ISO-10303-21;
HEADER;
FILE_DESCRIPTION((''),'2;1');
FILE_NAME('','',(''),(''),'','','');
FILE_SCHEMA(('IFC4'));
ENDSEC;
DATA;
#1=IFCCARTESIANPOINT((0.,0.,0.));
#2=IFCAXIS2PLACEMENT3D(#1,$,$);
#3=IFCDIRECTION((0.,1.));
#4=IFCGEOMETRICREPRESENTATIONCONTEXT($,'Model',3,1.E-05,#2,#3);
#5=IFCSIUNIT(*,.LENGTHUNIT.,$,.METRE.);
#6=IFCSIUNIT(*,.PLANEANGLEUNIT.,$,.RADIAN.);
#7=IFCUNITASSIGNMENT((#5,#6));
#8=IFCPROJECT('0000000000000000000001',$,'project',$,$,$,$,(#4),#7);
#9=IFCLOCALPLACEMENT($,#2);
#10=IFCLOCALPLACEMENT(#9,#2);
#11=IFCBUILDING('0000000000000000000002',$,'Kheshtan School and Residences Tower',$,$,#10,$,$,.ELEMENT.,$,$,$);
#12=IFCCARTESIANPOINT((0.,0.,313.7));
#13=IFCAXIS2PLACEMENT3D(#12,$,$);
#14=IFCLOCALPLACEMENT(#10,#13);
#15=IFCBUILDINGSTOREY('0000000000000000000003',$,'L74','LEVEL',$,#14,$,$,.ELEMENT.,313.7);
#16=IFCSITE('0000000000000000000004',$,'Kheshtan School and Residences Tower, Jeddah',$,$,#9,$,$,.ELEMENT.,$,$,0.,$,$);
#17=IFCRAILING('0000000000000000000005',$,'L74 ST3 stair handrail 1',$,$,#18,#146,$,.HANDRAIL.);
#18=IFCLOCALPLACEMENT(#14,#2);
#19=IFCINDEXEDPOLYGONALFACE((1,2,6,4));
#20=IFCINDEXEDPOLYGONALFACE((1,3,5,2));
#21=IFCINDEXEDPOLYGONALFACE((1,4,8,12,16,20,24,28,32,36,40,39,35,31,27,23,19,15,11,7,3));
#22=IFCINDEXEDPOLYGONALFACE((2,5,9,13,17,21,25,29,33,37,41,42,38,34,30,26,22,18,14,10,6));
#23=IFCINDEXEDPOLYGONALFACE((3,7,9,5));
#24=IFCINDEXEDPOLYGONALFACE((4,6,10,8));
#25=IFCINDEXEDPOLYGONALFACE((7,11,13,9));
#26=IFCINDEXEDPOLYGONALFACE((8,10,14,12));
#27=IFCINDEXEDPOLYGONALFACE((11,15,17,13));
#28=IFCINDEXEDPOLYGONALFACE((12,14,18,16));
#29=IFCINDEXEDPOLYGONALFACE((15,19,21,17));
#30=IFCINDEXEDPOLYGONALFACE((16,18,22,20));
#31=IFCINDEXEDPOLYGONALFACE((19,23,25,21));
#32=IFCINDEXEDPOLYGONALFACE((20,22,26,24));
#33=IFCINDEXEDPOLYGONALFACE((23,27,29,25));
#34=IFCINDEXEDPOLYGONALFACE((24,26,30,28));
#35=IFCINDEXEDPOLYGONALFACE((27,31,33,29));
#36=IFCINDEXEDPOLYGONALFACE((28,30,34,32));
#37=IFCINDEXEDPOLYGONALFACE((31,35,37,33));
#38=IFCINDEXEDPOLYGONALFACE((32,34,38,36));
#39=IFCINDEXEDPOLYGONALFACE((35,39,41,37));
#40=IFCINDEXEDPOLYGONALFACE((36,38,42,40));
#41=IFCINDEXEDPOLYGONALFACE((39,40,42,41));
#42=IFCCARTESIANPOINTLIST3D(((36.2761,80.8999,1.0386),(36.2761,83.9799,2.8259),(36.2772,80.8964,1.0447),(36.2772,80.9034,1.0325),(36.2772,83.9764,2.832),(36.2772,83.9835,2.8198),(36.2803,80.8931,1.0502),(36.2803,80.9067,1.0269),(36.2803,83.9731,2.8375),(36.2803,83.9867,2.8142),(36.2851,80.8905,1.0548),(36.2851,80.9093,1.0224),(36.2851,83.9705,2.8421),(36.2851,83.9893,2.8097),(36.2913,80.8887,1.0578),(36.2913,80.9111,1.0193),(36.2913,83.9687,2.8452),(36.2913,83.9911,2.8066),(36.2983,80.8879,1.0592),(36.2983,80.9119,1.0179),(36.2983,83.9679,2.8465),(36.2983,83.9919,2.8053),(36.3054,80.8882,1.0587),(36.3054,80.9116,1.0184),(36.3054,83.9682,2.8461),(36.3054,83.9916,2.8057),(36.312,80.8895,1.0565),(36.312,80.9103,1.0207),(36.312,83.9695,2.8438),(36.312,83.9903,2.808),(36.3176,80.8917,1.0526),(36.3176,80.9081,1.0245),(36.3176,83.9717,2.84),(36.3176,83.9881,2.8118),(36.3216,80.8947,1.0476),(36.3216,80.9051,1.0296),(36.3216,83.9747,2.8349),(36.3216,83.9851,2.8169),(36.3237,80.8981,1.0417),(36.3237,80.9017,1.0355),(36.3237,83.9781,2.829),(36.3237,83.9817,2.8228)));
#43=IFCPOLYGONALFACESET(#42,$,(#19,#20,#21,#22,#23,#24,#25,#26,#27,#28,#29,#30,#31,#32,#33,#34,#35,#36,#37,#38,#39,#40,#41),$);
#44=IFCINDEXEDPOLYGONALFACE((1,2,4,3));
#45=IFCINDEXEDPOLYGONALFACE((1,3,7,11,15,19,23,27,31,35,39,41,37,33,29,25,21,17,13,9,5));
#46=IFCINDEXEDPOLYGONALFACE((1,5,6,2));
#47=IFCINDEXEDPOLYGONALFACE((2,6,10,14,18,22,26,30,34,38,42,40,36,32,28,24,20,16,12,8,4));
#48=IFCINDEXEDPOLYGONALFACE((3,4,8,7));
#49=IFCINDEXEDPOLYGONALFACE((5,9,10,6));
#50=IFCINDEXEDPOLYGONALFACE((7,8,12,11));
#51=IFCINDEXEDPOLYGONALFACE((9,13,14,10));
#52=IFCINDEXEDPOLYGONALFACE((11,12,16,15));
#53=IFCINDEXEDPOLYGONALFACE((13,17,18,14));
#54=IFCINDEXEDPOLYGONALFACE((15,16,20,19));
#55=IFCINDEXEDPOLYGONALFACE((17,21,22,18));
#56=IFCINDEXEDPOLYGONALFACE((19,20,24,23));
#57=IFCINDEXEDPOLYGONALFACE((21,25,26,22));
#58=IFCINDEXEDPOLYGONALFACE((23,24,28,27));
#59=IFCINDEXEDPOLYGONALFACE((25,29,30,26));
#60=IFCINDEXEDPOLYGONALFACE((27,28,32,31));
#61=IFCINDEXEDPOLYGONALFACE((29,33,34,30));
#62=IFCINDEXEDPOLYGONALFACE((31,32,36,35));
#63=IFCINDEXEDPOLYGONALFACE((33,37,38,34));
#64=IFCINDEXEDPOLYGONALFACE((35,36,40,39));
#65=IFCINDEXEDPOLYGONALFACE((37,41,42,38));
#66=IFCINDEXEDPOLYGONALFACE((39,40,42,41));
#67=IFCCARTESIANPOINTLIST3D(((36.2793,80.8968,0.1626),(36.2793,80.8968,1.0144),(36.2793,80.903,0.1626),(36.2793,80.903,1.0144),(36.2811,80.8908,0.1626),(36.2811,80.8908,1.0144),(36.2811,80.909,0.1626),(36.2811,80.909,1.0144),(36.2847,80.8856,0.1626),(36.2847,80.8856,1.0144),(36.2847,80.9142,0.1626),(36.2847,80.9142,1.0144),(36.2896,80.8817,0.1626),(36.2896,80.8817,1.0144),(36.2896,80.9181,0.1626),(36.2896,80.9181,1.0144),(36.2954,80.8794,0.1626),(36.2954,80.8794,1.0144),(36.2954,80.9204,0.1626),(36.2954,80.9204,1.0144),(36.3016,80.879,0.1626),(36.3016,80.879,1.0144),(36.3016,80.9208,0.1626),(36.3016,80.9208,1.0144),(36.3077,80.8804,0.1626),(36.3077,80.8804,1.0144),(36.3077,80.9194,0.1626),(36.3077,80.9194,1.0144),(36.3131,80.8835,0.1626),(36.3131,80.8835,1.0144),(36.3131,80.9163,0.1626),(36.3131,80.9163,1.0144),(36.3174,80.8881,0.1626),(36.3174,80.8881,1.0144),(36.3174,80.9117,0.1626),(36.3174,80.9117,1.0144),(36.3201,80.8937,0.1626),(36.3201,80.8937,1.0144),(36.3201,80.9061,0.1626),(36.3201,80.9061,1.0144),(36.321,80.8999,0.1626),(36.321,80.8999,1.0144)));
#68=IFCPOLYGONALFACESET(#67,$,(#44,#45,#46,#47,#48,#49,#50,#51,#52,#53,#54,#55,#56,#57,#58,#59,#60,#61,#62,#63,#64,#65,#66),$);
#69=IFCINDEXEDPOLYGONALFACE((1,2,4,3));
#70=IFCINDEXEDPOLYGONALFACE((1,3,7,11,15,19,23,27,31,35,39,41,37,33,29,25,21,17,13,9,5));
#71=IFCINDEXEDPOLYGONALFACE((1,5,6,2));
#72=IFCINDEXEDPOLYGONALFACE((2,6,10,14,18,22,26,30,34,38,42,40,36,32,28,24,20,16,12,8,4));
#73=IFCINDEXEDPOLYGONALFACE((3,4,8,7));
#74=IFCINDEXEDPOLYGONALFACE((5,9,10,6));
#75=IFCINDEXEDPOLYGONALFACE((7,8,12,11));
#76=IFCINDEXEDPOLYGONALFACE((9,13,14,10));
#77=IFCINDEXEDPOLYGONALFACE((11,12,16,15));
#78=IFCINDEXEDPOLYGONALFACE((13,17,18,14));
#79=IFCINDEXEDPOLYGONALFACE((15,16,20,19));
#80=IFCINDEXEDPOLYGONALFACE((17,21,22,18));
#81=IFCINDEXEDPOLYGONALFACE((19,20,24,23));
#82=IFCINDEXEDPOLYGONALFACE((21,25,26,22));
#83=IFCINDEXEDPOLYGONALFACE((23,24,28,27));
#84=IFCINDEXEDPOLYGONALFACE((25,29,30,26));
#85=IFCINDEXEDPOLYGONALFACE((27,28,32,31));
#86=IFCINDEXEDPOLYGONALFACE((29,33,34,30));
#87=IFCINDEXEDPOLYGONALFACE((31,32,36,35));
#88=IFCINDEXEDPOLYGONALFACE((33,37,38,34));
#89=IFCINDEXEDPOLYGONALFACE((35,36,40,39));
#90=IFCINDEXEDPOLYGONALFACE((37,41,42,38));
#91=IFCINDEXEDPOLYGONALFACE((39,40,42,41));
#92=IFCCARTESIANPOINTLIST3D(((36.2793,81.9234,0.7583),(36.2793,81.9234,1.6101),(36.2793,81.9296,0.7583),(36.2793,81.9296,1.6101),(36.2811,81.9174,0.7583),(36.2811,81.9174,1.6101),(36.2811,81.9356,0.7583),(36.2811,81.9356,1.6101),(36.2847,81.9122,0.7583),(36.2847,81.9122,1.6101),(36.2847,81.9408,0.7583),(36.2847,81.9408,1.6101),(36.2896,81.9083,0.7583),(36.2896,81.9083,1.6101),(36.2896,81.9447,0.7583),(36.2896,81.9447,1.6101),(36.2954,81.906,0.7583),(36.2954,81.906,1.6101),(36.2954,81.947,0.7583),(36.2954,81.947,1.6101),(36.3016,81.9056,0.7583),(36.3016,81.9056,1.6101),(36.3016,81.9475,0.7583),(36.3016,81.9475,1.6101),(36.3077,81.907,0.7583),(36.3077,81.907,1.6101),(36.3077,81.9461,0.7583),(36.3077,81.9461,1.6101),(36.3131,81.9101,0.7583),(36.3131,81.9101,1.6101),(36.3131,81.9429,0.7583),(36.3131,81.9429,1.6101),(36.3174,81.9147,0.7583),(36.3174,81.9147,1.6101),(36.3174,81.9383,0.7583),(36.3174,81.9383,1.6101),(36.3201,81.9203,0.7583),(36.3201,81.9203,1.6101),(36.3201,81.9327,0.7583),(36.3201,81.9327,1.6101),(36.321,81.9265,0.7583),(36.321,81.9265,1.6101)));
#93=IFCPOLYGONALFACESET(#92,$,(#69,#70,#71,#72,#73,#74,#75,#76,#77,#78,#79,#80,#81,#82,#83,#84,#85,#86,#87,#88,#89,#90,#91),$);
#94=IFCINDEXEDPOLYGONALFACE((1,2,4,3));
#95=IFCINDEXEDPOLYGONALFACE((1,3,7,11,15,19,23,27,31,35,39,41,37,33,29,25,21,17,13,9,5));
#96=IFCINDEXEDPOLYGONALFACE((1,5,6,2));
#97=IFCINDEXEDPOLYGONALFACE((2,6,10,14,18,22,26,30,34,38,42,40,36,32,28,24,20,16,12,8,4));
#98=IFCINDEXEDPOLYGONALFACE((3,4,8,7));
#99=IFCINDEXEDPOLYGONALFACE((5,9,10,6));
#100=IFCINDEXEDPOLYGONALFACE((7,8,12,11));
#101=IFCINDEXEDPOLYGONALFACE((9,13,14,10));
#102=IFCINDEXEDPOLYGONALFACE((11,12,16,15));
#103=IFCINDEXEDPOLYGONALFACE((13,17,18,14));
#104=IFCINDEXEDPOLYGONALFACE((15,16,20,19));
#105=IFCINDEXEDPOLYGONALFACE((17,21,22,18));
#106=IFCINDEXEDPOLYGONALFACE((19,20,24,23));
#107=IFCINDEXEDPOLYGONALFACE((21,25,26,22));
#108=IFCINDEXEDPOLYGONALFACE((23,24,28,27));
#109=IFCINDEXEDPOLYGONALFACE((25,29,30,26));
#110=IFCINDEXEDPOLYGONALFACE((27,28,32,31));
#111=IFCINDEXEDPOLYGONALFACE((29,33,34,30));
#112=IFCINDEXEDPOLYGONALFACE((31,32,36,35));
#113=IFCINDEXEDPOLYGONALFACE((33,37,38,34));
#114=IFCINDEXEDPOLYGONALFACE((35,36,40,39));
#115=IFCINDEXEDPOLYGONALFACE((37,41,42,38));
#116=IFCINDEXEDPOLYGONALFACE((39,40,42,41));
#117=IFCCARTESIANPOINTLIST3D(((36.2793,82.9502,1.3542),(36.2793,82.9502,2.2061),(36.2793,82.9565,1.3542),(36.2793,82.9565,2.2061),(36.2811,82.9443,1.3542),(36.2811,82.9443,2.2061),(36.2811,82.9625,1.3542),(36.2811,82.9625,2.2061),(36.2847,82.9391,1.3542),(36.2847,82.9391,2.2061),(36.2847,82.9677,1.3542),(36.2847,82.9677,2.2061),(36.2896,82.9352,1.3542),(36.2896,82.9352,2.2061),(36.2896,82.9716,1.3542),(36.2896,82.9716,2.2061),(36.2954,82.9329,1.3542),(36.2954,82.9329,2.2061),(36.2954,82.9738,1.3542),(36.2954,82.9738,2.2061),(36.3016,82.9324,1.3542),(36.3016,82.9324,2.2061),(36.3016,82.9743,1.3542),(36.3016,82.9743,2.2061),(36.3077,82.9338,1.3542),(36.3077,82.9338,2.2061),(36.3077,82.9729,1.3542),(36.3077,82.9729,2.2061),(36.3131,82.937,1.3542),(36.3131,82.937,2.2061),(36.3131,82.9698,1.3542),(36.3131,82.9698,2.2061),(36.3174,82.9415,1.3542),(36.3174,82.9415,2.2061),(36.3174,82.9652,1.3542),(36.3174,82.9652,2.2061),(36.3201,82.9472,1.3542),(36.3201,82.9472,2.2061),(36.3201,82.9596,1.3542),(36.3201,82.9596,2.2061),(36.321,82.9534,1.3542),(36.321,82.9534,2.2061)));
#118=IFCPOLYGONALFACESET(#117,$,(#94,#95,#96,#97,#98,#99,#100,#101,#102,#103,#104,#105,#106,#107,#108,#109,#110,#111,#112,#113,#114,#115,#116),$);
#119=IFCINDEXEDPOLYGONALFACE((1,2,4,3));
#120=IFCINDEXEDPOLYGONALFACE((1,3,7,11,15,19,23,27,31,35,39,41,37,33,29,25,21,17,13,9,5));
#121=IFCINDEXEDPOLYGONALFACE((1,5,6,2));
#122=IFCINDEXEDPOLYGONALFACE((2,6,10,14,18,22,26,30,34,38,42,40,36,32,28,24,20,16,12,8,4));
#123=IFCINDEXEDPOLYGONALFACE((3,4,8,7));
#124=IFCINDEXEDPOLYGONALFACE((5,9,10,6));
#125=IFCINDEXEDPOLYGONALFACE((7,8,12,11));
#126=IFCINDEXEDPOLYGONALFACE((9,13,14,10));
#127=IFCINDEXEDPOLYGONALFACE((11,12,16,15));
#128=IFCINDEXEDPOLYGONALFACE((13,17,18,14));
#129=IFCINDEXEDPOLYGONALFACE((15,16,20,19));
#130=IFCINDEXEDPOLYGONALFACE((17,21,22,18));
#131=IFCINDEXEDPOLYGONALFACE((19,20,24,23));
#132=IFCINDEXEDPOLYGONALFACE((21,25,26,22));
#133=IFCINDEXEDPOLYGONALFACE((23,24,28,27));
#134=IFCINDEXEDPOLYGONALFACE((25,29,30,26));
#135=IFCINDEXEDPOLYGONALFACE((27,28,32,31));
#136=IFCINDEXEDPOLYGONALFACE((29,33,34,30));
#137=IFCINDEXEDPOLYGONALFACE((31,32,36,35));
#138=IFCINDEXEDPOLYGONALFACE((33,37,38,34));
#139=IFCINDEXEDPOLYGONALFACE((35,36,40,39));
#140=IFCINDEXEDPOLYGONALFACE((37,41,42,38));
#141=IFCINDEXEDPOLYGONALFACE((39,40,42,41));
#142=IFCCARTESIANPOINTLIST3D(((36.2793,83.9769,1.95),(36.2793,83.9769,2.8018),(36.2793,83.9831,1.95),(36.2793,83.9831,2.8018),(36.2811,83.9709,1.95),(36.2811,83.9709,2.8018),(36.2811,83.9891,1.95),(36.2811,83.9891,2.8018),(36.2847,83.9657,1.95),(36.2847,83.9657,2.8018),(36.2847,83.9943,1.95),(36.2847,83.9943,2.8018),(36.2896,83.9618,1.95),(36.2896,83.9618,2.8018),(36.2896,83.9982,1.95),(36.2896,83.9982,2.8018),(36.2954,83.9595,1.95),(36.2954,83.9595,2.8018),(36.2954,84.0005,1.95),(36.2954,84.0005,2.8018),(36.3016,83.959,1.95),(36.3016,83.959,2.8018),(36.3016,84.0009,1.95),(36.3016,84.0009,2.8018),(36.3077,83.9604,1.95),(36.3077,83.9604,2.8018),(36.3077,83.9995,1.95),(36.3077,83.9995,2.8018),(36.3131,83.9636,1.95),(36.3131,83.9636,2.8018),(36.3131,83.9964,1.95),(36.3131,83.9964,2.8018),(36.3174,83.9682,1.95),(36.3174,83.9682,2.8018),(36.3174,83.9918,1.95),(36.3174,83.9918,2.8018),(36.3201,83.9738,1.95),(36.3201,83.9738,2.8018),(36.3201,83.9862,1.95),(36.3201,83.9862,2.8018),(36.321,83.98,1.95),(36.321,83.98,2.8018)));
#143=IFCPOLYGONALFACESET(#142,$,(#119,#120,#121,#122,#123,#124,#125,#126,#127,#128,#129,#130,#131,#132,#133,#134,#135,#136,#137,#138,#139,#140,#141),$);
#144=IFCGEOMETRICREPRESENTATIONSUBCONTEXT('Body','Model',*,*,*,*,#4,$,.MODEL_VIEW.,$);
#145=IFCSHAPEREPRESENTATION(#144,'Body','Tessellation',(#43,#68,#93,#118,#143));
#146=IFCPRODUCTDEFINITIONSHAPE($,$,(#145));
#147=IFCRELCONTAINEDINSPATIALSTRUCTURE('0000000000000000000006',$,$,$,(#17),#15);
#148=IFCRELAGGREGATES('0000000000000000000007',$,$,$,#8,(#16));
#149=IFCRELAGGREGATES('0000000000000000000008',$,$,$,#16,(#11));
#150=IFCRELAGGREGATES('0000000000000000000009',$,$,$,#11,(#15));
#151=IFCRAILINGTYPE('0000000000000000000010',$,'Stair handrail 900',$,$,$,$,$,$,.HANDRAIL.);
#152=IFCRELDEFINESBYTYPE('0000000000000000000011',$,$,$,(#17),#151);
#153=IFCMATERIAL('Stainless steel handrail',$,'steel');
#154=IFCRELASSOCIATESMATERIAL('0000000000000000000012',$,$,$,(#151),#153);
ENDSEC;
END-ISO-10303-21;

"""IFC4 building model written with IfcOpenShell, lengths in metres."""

from ifc_helpers import new_model, si_unit, direction, frame, origin, origin_2d, place, context, subcontext, project, spatial, circle, extrude, material, type_object, element, save


model = new_model("IFC4")

# Units and contexts
model_context = context("Model", 3, precision=1e-05, world=origin(), true_north=direction((0.0, 1.0)))
body_context = subcontext(model_context, "Body", "Model", "MODEL_VIEW")
ifc_project = project(units=[si_unit("LENGTHUNIT", "METRE"), si_unit("PLANEANGLEUNIT", "RADIAN")], contexts=[model_context])

# Site, building, storey
site_placement = place(None, origin())
site = spatial("IfcSite", under=ifc_project, at=site_placement, Name="Kheshtan School and Residences Tower, Jeddah", CompositionType="ELEMENT", RefElevation=0.0)
building_placement = place(site_placement, origin())
building = spatial("IfcBuilding", under=site, at=building_placement, Name="Kheshtan School and Residences Tower", CompositionType="ELEMENT")
storey_placement = place(building_placement, frame((0.0, 0.0, 313.7)))
storey = spatial("IfcBuildingStorey", under=building, at=storey_placement, Name="L74", Description="LEVEL", CompositionType="ELEMENT", Elevation=313.7)

# Railing
ifc_material_1 = material(Name="Stainless steel handrail", Category="steel")
railing_type_1 = type_object("IfcRailingType", Name="Stair handrail 900", PredefinedType="HANDRAIL", material=ifc_material_1)
railing_1_placement = place(storey_placement, frame((36.3, 80.8999, 0.1626)))
element("IfcRailing", 1, at=railing_1_placement, inside=storey, type_object=railing_type_1, Name="L74 ST3 stair handrail 1", PredefinedType="HANDRAIL", context=body_context, shape_type="SweptSolid", body=[
    extrude(circle(Radius=0.0239, at=origin_2d()), frame((0.0, 0.0, 0.876), z_axis=(0.0, 0.86492, 0.501909), x_axis=(-1.0, 0.0, 0.0)), (0.0, 0.0, 1.0), 3.561),
    extrude(circle(Radius=0.021, at=origin_2d()), origin(), (0.0, 0.0, 1.0), 0.8518),
    extrude(circle(Radius=0.021, at=origin_2d()), frame((0.0, 1.0266, 0.5957)), (0.0, 0.0, 1.0), 0.8518),
    extrude(circle(Radius=0.021, at=origin_2d()), frame((0.0, 2.0535, 1.1917)), (0.0, 0.0, 1.0), 0.8518),
    extrude(circle(Radius=0.021, at=origin_2d()), frame((0.0, 3.0801, 1.7874)), (0.0, 0.0, 1.0), 0.8518),
])

save(model, "model.ifc")
